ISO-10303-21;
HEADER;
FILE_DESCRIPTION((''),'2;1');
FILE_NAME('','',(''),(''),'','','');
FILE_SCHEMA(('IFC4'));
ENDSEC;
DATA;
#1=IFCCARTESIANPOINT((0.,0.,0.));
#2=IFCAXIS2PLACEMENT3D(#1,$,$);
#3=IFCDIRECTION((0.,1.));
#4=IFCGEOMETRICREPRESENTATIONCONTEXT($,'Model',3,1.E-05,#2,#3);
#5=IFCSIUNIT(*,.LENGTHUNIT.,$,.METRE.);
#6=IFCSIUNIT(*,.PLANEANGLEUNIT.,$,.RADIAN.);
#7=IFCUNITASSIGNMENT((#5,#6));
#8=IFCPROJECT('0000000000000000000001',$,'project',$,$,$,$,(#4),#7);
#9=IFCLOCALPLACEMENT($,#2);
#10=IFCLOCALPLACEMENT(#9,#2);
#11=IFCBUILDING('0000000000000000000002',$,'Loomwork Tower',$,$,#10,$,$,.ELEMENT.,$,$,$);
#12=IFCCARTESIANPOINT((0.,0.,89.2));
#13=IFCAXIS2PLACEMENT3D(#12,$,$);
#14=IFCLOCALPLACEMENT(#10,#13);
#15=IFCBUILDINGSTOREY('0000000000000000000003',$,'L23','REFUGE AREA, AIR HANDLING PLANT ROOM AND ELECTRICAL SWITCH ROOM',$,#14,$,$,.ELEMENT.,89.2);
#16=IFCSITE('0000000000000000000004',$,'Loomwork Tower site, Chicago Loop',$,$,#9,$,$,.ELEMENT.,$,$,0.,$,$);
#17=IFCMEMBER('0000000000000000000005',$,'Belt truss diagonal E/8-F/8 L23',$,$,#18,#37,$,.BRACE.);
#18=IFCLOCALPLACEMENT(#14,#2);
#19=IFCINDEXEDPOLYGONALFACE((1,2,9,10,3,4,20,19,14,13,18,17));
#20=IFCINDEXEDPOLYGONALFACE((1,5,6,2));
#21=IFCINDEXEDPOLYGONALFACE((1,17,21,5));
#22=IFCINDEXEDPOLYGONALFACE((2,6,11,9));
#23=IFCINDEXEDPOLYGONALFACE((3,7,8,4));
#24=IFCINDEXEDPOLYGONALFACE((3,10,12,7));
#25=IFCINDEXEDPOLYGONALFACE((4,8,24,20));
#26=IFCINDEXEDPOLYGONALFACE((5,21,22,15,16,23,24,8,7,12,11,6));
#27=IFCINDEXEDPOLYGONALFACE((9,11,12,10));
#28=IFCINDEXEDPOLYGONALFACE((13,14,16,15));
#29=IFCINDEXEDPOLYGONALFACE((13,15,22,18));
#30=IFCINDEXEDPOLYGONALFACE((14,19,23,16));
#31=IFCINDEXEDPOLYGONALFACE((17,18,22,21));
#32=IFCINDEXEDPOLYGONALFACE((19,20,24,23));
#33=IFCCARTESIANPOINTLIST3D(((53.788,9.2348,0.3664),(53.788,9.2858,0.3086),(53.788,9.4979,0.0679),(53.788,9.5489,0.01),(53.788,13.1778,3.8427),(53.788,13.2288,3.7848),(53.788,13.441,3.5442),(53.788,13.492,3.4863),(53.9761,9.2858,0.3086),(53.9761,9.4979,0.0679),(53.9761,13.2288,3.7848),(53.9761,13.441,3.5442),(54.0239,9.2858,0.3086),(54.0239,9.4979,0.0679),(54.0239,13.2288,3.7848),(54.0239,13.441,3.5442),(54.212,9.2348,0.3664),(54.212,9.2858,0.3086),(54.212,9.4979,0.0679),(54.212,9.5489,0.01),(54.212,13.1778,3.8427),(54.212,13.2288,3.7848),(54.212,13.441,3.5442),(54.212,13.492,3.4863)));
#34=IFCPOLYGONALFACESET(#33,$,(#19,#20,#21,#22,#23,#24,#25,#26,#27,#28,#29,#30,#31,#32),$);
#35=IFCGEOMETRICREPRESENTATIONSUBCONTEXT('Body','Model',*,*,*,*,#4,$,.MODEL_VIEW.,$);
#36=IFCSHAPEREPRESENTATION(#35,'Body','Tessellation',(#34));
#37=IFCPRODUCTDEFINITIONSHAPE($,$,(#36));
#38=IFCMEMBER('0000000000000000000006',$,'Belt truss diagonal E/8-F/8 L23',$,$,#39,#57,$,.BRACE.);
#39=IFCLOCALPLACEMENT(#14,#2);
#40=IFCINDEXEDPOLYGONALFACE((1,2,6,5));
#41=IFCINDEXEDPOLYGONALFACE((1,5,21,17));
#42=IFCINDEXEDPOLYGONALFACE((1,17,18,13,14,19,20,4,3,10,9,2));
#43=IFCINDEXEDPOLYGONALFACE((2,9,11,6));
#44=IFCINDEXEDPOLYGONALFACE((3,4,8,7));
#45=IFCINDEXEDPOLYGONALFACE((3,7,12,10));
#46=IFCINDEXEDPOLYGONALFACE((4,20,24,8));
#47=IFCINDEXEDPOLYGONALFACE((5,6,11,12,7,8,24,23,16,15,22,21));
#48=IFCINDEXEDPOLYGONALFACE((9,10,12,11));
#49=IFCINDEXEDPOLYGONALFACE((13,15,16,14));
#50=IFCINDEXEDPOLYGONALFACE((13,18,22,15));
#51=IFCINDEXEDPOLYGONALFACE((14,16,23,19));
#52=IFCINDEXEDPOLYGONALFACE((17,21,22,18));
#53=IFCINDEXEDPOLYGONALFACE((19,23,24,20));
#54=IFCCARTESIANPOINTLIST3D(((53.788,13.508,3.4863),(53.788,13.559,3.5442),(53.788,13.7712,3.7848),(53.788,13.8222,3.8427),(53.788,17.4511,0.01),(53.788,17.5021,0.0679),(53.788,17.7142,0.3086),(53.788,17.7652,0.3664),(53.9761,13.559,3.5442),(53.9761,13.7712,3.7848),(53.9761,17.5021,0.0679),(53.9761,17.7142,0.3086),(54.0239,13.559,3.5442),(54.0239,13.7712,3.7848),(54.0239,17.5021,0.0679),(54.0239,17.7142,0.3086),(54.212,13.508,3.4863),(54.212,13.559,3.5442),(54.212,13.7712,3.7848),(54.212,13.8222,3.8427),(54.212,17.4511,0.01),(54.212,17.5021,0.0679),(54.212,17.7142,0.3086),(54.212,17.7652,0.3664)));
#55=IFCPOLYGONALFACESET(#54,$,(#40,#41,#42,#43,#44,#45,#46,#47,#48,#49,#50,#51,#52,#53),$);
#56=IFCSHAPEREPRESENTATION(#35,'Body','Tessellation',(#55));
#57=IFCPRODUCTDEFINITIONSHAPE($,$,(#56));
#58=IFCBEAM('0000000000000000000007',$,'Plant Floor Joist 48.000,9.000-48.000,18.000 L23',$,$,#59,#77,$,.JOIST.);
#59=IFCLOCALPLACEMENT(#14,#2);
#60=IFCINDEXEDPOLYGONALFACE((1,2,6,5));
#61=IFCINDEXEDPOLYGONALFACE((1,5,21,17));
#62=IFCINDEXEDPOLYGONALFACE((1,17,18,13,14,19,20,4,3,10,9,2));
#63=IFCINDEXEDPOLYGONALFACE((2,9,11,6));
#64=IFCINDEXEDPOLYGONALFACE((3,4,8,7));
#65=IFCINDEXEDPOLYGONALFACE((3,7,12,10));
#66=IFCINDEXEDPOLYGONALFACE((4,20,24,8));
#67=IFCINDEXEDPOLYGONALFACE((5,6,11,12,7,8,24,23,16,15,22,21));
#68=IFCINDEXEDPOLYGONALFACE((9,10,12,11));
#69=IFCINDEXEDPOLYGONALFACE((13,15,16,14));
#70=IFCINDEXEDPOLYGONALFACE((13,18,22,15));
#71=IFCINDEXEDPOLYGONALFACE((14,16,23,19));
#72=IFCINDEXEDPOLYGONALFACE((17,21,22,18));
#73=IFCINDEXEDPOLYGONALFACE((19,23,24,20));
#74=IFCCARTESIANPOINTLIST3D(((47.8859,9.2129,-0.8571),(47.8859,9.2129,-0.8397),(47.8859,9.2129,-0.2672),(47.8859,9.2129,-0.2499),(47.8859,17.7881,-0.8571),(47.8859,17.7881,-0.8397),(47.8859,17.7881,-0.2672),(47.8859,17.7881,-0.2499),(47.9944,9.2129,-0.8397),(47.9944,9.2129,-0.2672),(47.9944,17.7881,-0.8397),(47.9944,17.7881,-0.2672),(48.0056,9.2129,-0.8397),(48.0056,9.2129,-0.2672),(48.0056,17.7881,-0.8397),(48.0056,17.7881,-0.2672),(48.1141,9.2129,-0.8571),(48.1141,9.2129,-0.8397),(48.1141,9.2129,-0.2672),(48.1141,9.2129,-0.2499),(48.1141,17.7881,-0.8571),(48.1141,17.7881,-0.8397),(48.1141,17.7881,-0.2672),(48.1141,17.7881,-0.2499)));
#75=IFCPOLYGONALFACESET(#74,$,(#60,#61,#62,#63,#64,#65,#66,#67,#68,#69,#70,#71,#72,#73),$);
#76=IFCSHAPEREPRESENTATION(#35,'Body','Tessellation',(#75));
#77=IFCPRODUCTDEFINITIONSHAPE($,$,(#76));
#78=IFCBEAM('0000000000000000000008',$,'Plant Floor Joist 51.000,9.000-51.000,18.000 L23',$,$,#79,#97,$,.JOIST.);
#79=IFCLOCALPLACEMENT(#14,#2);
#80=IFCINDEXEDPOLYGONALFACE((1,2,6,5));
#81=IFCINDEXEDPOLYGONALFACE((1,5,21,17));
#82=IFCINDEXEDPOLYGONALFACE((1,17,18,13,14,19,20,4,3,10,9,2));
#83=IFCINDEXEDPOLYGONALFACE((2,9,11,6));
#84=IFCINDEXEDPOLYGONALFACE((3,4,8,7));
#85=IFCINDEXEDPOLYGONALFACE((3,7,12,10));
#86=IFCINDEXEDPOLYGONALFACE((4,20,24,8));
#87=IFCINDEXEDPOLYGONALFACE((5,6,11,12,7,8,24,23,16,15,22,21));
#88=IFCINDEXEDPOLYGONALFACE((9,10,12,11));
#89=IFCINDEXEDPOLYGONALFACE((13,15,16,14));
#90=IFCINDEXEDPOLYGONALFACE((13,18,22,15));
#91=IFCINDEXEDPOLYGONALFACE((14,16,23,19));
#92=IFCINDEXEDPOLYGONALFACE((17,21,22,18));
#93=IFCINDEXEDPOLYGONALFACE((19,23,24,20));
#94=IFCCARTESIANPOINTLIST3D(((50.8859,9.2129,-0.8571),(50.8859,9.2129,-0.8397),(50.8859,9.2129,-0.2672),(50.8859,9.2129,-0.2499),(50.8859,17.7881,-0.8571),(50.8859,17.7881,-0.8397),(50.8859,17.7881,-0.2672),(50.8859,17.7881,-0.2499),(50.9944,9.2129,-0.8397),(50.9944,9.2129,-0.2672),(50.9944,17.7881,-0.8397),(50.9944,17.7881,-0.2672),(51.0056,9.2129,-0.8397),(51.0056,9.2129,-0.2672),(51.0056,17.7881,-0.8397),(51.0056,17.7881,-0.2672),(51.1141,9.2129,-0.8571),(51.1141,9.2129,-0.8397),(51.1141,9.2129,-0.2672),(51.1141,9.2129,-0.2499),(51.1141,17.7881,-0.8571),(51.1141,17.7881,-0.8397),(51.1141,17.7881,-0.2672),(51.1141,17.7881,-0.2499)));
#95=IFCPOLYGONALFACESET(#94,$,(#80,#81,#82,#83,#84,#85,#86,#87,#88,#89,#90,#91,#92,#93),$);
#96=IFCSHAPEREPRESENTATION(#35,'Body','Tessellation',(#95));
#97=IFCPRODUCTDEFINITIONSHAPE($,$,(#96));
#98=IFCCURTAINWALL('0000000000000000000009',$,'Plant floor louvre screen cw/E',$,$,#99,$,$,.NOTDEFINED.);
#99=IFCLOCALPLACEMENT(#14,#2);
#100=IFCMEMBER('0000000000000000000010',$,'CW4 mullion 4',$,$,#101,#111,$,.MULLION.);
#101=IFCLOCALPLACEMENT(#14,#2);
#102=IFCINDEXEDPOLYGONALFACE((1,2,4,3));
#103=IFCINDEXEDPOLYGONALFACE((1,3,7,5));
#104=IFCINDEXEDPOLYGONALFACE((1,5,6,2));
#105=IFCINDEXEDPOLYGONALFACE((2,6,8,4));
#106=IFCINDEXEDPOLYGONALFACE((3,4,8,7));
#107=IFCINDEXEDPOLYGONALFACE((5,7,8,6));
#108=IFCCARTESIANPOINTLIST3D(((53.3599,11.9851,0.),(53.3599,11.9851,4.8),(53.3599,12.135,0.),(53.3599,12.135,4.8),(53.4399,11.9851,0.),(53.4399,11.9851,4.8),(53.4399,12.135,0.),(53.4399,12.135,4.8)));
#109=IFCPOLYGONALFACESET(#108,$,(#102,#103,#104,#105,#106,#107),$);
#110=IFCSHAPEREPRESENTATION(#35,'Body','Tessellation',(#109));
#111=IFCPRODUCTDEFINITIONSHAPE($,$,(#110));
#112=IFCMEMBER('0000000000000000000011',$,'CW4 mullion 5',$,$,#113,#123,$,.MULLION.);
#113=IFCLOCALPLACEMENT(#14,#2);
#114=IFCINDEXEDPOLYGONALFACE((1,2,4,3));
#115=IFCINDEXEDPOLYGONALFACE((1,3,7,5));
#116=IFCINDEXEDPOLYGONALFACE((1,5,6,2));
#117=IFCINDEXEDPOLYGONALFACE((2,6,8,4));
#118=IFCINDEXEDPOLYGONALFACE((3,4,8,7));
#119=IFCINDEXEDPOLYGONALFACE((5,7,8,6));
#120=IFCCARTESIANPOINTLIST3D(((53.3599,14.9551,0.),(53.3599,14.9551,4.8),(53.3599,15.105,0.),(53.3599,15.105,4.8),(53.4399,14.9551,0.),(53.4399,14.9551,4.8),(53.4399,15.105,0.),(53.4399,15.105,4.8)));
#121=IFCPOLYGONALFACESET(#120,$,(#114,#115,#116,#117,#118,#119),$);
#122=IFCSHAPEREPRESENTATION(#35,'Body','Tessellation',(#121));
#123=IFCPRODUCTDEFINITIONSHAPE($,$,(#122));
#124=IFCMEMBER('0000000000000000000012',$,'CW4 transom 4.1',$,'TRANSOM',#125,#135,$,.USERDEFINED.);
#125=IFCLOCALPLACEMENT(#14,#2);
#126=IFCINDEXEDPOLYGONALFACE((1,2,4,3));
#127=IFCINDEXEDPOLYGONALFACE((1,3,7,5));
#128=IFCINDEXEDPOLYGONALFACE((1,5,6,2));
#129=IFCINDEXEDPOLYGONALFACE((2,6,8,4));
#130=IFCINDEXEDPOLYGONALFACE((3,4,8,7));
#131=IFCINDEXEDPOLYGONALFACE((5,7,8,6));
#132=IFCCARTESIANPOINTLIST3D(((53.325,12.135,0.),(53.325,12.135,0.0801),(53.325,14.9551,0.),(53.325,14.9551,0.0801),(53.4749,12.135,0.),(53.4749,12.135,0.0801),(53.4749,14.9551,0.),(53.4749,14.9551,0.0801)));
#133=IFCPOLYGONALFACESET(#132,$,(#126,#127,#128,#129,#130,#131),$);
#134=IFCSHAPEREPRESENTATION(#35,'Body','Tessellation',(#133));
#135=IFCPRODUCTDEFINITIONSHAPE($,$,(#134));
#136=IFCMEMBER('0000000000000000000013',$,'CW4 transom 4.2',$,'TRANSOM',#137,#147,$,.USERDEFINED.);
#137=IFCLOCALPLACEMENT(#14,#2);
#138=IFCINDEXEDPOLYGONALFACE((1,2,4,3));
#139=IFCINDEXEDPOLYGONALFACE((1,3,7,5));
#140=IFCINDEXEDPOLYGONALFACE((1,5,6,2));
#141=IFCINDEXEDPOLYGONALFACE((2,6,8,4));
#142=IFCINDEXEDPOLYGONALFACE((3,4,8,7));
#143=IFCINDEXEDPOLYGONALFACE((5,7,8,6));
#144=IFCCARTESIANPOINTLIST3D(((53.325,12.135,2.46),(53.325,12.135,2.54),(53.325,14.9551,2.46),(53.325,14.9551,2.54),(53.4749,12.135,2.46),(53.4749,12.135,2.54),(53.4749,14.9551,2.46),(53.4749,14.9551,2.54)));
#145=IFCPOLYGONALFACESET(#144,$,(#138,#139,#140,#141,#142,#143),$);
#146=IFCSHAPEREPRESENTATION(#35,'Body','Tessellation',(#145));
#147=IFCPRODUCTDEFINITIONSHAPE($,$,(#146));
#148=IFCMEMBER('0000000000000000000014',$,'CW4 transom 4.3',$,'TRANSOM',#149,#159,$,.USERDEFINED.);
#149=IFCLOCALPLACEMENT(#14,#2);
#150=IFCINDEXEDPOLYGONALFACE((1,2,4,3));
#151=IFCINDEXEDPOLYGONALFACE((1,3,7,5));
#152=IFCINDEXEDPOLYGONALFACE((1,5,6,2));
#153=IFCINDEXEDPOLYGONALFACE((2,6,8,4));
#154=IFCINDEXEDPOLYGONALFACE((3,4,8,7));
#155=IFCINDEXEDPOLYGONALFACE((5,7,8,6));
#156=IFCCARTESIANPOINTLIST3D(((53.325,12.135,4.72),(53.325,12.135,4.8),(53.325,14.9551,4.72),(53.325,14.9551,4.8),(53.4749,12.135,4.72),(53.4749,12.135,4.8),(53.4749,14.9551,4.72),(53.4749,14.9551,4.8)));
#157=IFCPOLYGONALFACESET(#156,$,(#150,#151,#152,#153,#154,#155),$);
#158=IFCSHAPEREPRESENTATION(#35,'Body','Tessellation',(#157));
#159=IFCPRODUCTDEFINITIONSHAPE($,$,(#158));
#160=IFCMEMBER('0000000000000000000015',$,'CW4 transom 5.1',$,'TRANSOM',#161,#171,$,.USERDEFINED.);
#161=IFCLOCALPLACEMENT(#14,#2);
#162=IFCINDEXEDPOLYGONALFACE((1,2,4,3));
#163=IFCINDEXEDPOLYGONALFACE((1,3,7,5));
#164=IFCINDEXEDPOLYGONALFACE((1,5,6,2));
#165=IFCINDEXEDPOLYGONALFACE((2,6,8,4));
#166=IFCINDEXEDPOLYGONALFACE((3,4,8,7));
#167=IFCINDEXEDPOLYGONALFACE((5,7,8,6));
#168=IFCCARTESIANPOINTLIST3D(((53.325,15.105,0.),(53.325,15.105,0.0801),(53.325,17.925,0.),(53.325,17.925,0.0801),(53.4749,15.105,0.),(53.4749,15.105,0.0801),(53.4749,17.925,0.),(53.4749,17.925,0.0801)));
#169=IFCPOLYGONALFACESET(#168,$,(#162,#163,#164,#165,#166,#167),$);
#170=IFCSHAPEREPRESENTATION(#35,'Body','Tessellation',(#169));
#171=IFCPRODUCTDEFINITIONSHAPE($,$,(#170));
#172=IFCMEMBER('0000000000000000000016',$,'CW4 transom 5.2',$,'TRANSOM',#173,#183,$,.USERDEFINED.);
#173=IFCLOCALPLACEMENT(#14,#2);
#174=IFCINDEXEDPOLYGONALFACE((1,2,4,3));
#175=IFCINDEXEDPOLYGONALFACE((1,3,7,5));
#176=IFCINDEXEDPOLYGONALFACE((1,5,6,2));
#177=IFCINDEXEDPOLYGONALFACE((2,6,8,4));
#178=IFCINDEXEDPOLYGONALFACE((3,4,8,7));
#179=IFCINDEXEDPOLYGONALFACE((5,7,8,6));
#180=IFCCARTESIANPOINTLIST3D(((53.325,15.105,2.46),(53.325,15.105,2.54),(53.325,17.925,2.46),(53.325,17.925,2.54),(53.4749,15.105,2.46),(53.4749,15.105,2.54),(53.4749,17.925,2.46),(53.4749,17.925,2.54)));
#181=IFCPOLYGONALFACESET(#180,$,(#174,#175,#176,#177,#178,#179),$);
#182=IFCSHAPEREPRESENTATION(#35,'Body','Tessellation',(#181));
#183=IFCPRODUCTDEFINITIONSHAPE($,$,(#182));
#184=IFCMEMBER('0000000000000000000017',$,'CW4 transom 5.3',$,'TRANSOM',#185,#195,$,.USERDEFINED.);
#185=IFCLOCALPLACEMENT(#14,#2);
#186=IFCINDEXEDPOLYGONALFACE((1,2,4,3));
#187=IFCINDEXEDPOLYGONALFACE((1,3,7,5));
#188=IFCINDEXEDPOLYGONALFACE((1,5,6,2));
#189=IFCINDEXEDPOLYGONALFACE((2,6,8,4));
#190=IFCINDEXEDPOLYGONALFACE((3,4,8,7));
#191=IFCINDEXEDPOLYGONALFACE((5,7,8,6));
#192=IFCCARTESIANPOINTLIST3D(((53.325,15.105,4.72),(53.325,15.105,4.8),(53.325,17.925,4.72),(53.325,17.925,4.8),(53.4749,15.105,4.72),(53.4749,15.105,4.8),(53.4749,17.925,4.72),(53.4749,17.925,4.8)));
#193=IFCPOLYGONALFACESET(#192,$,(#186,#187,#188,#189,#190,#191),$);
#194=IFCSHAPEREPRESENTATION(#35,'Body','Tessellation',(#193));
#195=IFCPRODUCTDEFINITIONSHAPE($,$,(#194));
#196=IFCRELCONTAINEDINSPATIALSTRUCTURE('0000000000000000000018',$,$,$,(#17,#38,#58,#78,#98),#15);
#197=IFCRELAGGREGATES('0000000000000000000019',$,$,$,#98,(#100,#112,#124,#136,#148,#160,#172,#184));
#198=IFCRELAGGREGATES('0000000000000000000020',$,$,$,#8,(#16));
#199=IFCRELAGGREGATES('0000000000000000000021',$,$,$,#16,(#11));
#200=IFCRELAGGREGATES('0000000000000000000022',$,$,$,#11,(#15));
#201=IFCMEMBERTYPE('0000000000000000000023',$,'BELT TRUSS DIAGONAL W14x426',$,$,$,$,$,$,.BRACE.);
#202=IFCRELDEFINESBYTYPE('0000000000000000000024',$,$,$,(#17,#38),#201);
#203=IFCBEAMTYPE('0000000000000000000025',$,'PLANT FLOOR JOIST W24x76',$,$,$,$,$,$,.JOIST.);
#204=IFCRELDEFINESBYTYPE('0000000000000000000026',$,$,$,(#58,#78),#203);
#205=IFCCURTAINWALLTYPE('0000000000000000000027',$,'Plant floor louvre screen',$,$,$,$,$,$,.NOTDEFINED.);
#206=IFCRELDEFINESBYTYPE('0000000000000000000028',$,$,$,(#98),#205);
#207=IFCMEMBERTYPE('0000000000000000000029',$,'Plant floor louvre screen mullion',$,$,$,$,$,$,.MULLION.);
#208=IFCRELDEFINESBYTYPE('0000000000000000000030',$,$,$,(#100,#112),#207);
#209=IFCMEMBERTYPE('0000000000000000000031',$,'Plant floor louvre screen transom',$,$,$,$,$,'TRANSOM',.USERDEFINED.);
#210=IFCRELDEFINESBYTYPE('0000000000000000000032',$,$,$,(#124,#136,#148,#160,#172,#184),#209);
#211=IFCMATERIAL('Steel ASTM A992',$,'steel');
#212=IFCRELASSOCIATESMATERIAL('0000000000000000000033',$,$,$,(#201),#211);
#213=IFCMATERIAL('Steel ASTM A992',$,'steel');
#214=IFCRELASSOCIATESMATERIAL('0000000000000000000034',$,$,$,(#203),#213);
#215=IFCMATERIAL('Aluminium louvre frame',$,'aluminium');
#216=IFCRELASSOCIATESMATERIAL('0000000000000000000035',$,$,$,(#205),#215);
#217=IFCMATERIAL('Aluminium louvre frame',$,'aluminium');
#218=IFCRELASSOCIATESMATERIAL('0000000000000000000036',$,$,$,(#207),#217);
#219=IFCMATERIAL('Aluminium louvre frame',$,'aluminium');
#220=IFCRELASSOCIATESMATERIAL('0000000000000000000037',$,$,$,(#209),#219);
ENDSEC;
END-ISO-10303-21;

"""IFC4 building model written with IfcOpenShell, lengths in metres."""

from ifc_helpers import new_model, si_unit, direction, frame, origin, origin_2d, place, context, subcontext, project, spatial, rectangle, i_section, extrude, material, material_profile, profile_set, type_object, element, aggregate, save


model = new_model("IFC4")

# Units and contexts
model_context = context("Model", 3, precision=1e-05, world=origin(), true_north=direction((0.0, 1.0)))
body_context = subcontext(model_context, "Body", "Model", "MODEL_VIEW")
ifc_project = project(units=[si_unit("LENGTHUNIT", "METRE"), si_unit("PLANEANGLEUNIT", "RADIAN")], contexts=[model_context])

# Site, building, storey
site_placement = place(None, origin())
site = spatial("IfcSite", under=ifc_project, at=site_placement, Name="Loomwork Tower site, Chicago Loop", CompositionType="ELEMENT", RefElevation=0.0)
building_placement = place(site_placement, origin())
building = spatial("IfcBuilding", under=site, at=building_placement, Name="Loomwork Tower", CompositionType="ELEMENT")
storey_placement = place(building_placement, frame((0.0, 0.0, 89.2)))
storey = spatial("IfcBuildingStorey", under=building, at=storey_placement, Name="L23", Description="REFUGE AREA, AIR HANDLING PLANT ROOM AND ELECTRICAL SWITCH ROOM", CompositionType="ELEMENT", Elevation=89.2)

# Members
ifc_material_1 = material(Name="Steel ASTM A992", Category="steel")
ifc_material_profile_1 = material_profile(ifc_material_1, i_section(OverallWidth=0.4241, OverallDepth=0.4751, WebThickness=0.0479, FlangeThickness=0.0771, at=origin_2d()), Name="W14x426")
ifc_profile_set_1 = profile_set([ifc_material_profile_1], Name="Steel ASTM A992")
member_type_1 = type_object("IfcMemberType", Name="BELT TRUSS DIAGONAL W14x426", PredefinedType="BRACE", material=ifc_profile_set_1)
for number, where, z_axis, x_axis, name in (
    (1, (54.0, 9.3918, 0.1882), (0.0, 0.750112, 0.661311), (-1.0, 0.0, 0.0), "Belt truss diagonal E/8-F/8 L23"),
    (2, (54.0, 17.6082, 0.1882), (0.0, -0.750112, 0.661311), (1.0, 0.0, 0.0), "Belt truss diagonal E/8-F/8 L23"),
):
    element("IfcMember", number, at=place(storey_placement, frame(where, z_axis=z_axis, x_axis=x_axis)), inside=storey, type_object=member_type_1, Name=name, PredefinedType="BRACE", context=body_context, shape_type="SweptSolid", body=[
        extrude(i_section(OverallWidth=0.4241, OverallDepth=0.4751, WebThickness=0.0479, FlangeThickness=0.0771, at=origin_2d()), origin(), (0.0, 0.0, 1.0), 5.2566),
    ])

# Beams
ifc_material_2 = material(Name="Steel ASTM A992", Category="steel")
ifc_material_profile_2 = material_profile(ifc_material_2, i_section(OverallWidth=0.2283, OverallDepth=0.6072, WebThickness=0.0112, FlangeThickness=0.0173, at=origin_2d()), Name="W24x76")
ifc_profile_set_2 = profile_set([ifc_material_profile_2], Name="Steel ASTM A992")
beam_type = type_object("IfcBeamType", Name="PLANT FLOOR JOIST W24x76", PredefinedType="JOIST", material=ifc_profile_set_2)
for number, where, z_axis, x_axis, name in (
    (3, (48.0, 9.2129, -0.5535), (0.0, 1.0, 0.0), (-1.0, 0.0, 0.0), "Plant Floor Joist 48.000,9.000-48.000,18.000 L23"),
    (4, (51.0, 9.2129, -0.5535), (0.0, 1.0, 0.0), (-1.0, 0.0, 0.0), "Plant Floor Joist 51.000,9.000-51.000,18.000 L23"),
):
    element("IfcBeam", number, at=place(storey_placement, frame(where, z_axis=z_axis, x_axis=x_axis)), inside=storey, type_object=beam_type, Name=name, PredefinedType="JOIST", context=body_context, shape_type="SweptSolid", body=[
        extrude(i_section(OverallWidth=0.2283, OverallDepth=0.6072, WebThickness=0.0112, FlangeThickness=0.0173, at=origin_2d()), origin(), (0.0, 0.0, 1.0), 8.5752),
    ])

# Curtain wall, members
ifc_material_3 = material(Name="Aluminium louvre frame", Category="aluminium")
curtain_wall_type = type_object("IfcCurtainWallType", Name="Plant floor louvre screen", PredefinedType="NOTDEFINED", material=ifc_material_3)
curtain_wall_placement = place(storey_placement, origin())
curtain_wall = element("IfcCurtainWall", 5, at=curtain_wall_placement, inside=storey, type_object=curtain_wall_type, Name="Plant floor louvre screen cw/E", PredefinedType="NOTDEFINED")
ifc_material_4 = material(Name="Aluminium louvre frame", Category="aluminium")
ifc_material_profile_3 = material_profile(ifc_material_4, rectangle(XDim=0.0801, YDim=0.1499, at=origin_2d()), Name="AL 80x150")
ifc_profile_set_3 = profile_set([ifc_material_profile_3], Name="Aluminium louvre frame")
member_type_2 = type_object("IfcMemberType", Name="Plant floor louvre screen mullion", PredefinedType="MULLION", material=ifc_profile_set_3)
member_1_placement = place(storey_placement, frame((53.3999, 12.0601, 0.0), z_axis=(0.0, 0.0, 1.0), x_axis=(-1.0, 0.0, 0.0)))
member_1 = element("IfcMember", 6, at=member_1_placement, type_object=member_type_2, Name="CW4 mullion 4", PredefinedType="MULLION", context=body_context, shape_type="SweptSolid", body=[
    extrude(rectangle(XDim=0.0801, YDim=0.1499, at=origin_2d()), origin(), (0.0, 0.0, 1.0), 4.8),
])
member_2_placement = place(storey_placement, frame((53.3999, 15.03, 0.0), z_axis=(0.0, 0.0, 1.0), x_axis=(-1.0, 0.0, 0.0)))
member_2 = element("IfcMember", 7, at=member_2_placement, type_object=member_type_2, Name="CW4 mullion 5", PredefinedType="MULLION", context=body_context, shape_type="SweptSolid", body=[
    extrude(rectangle(XDim=0.0801, YDim=0.1499, at=origin_2d()), origin(), (0.0, 0.0, 1.0), 4.8),
])
ifc_material_5 = material(Name="Aluminium louvre frame", Category="aluminium")
ifc_material_profile_4 = material_profile(ifc_material_5, rectangle(XDim=0.1499, YDim=0.0801, at=origin_2d()), Name="AL 80x150")
ifc_profile_set_4 = profile_set([ifc_material_profile_4], Name="Aluminium louvre frame")
member_type_3 = type_object("IfcMemberType", Name="Plant floor louvre screen transom", ElementType="TRANSOM", PredefinedType="USERDEFINED", material=ifc_profile_set_4)
member_3_placement = place(storey_placement, frame((53.3999, 12.135, 0.04), z_axis=(0.0, 1.0, 0.0), x_axis=(-1.0, 0.0, 0.0)))
member_3 = element("IfcMember", 8, at=member_3_placement, type_object=member_type_3, Name="CW4 transom 4.1", ObjectType="TRANSOM", PredefinedType="USERDEFINED", context=body_context, shape_type="SweptSolid", body=[
    extrude(rectangle(XDim=0.1499, YDim=0.0801, at=origin_2d()), origin(), (0.0, 0.0, 1.0), 2.8201),
])
member_4_placement = place(storey_placement, frame((53.3999, 12.135, 2.5), z_axis=(0.0, 1.0, 0.0), x_axis=(-1.0, 0.0, 0.0)))
member_4 = element("IfcMember", 9, at=member_4_placement, type_object=member_type_3, Name="CW4 transom 4.2", ObjectType="TRANSOM", PredefinedType="USERDEFINED", context=body_context, shape_type="SweptSolid", body=[
    extrude(rectangle(XDim=0.1499, YDim=0.0801, at=origin_2d()), origin(), (0.0, 0.0, 1.0), 2.8201),
])
member_5_placement = place(storey_placement, frame((53.3999, 12.135, 4.76), z_axis=(0.0, 1.0, 0.0), x_axis=(-1.0, 0.0, 0.0)))
member_5 = element("IfcMember", 10, at=member_5_placement, type_object=member_type_3, Name="CW4 transom 4.3", ObjectType="TRANSOM", PredefinedType="USERDEFINED", context=body_context, shape_type="SweptSolid", body=[
    extrude(rectangle(XDim=0.1499, YDim=0.0801, at=origin_2d()), origin(), (0.0, 0.0, 1.0), 2.8201),
])
member_6_placement = place(storey_placement, frame((53.3999, 15.105, 0.04), z_axis=(0.0, 1.0, 0.0), x_axis=(-1.0, 0.0, 0.0)))
member_6 = element("IfcMember", 11, at=member_6_placement, type_object=member_type_3, Name="CW4 transom 5.1", ObjectType="TRANSOM", PredefinedType="USERDEFINED", context=body_context, shape_type="SweptSolid", body=[
    extrude(rectangle(XDim=0.1499, YDim=0.0801, at=origin_2d()), origin(), (0.0, 0.0, 1.0), 2.8201),
])
member_7_placement = place(storey_placement, frame((53.3999, 15.105, 2.5), z_axis=(0.0, 1.0, 0.0), x_axis=(-1.0, 0.0, 0.0)))
member_7 = element("IfcMember", 12, at=member_7_placement, type_object=member_type_3, Name="CW4 transom 5.2", ObjectType="TRANSOM", PredefinedType="USERDEFINED", context=body_context, shape_type="SweptSolid", body=[
    extrude(rectangle(XDim=0.1499, YDim=0.0801, at=origin_2d()), origin(), (0.0, 0.0, 1.0), 2.8201),
])
member_8_placement = place(storey_placement, frame((53.3999, 15.105, 4.76), z_axis=(0.0, 1.0, 0.0), x_axis=(-1.0, 0.0, 0.0)))
member_8 = element("IfcMember", 13, at=member_8_placement, type_object=member_type_3, Name="CW4 transom 5.3", ObjectType="TRANSOM", PredefinedType="USERDEFINED", context=body_context, shape_type="SweptSolid", body=[
    extrude(rectangle(XDim=0.1499, YDim=0.0801, at=origin_2d()), origin(), (0.0, 0.0, 1.0), 2.8201),
])
aggregate(curtain_wall, [member_1, member_2, member_3, member_4, member_5, member_6, member_7, member_8])

save(model, "model.ifc")
